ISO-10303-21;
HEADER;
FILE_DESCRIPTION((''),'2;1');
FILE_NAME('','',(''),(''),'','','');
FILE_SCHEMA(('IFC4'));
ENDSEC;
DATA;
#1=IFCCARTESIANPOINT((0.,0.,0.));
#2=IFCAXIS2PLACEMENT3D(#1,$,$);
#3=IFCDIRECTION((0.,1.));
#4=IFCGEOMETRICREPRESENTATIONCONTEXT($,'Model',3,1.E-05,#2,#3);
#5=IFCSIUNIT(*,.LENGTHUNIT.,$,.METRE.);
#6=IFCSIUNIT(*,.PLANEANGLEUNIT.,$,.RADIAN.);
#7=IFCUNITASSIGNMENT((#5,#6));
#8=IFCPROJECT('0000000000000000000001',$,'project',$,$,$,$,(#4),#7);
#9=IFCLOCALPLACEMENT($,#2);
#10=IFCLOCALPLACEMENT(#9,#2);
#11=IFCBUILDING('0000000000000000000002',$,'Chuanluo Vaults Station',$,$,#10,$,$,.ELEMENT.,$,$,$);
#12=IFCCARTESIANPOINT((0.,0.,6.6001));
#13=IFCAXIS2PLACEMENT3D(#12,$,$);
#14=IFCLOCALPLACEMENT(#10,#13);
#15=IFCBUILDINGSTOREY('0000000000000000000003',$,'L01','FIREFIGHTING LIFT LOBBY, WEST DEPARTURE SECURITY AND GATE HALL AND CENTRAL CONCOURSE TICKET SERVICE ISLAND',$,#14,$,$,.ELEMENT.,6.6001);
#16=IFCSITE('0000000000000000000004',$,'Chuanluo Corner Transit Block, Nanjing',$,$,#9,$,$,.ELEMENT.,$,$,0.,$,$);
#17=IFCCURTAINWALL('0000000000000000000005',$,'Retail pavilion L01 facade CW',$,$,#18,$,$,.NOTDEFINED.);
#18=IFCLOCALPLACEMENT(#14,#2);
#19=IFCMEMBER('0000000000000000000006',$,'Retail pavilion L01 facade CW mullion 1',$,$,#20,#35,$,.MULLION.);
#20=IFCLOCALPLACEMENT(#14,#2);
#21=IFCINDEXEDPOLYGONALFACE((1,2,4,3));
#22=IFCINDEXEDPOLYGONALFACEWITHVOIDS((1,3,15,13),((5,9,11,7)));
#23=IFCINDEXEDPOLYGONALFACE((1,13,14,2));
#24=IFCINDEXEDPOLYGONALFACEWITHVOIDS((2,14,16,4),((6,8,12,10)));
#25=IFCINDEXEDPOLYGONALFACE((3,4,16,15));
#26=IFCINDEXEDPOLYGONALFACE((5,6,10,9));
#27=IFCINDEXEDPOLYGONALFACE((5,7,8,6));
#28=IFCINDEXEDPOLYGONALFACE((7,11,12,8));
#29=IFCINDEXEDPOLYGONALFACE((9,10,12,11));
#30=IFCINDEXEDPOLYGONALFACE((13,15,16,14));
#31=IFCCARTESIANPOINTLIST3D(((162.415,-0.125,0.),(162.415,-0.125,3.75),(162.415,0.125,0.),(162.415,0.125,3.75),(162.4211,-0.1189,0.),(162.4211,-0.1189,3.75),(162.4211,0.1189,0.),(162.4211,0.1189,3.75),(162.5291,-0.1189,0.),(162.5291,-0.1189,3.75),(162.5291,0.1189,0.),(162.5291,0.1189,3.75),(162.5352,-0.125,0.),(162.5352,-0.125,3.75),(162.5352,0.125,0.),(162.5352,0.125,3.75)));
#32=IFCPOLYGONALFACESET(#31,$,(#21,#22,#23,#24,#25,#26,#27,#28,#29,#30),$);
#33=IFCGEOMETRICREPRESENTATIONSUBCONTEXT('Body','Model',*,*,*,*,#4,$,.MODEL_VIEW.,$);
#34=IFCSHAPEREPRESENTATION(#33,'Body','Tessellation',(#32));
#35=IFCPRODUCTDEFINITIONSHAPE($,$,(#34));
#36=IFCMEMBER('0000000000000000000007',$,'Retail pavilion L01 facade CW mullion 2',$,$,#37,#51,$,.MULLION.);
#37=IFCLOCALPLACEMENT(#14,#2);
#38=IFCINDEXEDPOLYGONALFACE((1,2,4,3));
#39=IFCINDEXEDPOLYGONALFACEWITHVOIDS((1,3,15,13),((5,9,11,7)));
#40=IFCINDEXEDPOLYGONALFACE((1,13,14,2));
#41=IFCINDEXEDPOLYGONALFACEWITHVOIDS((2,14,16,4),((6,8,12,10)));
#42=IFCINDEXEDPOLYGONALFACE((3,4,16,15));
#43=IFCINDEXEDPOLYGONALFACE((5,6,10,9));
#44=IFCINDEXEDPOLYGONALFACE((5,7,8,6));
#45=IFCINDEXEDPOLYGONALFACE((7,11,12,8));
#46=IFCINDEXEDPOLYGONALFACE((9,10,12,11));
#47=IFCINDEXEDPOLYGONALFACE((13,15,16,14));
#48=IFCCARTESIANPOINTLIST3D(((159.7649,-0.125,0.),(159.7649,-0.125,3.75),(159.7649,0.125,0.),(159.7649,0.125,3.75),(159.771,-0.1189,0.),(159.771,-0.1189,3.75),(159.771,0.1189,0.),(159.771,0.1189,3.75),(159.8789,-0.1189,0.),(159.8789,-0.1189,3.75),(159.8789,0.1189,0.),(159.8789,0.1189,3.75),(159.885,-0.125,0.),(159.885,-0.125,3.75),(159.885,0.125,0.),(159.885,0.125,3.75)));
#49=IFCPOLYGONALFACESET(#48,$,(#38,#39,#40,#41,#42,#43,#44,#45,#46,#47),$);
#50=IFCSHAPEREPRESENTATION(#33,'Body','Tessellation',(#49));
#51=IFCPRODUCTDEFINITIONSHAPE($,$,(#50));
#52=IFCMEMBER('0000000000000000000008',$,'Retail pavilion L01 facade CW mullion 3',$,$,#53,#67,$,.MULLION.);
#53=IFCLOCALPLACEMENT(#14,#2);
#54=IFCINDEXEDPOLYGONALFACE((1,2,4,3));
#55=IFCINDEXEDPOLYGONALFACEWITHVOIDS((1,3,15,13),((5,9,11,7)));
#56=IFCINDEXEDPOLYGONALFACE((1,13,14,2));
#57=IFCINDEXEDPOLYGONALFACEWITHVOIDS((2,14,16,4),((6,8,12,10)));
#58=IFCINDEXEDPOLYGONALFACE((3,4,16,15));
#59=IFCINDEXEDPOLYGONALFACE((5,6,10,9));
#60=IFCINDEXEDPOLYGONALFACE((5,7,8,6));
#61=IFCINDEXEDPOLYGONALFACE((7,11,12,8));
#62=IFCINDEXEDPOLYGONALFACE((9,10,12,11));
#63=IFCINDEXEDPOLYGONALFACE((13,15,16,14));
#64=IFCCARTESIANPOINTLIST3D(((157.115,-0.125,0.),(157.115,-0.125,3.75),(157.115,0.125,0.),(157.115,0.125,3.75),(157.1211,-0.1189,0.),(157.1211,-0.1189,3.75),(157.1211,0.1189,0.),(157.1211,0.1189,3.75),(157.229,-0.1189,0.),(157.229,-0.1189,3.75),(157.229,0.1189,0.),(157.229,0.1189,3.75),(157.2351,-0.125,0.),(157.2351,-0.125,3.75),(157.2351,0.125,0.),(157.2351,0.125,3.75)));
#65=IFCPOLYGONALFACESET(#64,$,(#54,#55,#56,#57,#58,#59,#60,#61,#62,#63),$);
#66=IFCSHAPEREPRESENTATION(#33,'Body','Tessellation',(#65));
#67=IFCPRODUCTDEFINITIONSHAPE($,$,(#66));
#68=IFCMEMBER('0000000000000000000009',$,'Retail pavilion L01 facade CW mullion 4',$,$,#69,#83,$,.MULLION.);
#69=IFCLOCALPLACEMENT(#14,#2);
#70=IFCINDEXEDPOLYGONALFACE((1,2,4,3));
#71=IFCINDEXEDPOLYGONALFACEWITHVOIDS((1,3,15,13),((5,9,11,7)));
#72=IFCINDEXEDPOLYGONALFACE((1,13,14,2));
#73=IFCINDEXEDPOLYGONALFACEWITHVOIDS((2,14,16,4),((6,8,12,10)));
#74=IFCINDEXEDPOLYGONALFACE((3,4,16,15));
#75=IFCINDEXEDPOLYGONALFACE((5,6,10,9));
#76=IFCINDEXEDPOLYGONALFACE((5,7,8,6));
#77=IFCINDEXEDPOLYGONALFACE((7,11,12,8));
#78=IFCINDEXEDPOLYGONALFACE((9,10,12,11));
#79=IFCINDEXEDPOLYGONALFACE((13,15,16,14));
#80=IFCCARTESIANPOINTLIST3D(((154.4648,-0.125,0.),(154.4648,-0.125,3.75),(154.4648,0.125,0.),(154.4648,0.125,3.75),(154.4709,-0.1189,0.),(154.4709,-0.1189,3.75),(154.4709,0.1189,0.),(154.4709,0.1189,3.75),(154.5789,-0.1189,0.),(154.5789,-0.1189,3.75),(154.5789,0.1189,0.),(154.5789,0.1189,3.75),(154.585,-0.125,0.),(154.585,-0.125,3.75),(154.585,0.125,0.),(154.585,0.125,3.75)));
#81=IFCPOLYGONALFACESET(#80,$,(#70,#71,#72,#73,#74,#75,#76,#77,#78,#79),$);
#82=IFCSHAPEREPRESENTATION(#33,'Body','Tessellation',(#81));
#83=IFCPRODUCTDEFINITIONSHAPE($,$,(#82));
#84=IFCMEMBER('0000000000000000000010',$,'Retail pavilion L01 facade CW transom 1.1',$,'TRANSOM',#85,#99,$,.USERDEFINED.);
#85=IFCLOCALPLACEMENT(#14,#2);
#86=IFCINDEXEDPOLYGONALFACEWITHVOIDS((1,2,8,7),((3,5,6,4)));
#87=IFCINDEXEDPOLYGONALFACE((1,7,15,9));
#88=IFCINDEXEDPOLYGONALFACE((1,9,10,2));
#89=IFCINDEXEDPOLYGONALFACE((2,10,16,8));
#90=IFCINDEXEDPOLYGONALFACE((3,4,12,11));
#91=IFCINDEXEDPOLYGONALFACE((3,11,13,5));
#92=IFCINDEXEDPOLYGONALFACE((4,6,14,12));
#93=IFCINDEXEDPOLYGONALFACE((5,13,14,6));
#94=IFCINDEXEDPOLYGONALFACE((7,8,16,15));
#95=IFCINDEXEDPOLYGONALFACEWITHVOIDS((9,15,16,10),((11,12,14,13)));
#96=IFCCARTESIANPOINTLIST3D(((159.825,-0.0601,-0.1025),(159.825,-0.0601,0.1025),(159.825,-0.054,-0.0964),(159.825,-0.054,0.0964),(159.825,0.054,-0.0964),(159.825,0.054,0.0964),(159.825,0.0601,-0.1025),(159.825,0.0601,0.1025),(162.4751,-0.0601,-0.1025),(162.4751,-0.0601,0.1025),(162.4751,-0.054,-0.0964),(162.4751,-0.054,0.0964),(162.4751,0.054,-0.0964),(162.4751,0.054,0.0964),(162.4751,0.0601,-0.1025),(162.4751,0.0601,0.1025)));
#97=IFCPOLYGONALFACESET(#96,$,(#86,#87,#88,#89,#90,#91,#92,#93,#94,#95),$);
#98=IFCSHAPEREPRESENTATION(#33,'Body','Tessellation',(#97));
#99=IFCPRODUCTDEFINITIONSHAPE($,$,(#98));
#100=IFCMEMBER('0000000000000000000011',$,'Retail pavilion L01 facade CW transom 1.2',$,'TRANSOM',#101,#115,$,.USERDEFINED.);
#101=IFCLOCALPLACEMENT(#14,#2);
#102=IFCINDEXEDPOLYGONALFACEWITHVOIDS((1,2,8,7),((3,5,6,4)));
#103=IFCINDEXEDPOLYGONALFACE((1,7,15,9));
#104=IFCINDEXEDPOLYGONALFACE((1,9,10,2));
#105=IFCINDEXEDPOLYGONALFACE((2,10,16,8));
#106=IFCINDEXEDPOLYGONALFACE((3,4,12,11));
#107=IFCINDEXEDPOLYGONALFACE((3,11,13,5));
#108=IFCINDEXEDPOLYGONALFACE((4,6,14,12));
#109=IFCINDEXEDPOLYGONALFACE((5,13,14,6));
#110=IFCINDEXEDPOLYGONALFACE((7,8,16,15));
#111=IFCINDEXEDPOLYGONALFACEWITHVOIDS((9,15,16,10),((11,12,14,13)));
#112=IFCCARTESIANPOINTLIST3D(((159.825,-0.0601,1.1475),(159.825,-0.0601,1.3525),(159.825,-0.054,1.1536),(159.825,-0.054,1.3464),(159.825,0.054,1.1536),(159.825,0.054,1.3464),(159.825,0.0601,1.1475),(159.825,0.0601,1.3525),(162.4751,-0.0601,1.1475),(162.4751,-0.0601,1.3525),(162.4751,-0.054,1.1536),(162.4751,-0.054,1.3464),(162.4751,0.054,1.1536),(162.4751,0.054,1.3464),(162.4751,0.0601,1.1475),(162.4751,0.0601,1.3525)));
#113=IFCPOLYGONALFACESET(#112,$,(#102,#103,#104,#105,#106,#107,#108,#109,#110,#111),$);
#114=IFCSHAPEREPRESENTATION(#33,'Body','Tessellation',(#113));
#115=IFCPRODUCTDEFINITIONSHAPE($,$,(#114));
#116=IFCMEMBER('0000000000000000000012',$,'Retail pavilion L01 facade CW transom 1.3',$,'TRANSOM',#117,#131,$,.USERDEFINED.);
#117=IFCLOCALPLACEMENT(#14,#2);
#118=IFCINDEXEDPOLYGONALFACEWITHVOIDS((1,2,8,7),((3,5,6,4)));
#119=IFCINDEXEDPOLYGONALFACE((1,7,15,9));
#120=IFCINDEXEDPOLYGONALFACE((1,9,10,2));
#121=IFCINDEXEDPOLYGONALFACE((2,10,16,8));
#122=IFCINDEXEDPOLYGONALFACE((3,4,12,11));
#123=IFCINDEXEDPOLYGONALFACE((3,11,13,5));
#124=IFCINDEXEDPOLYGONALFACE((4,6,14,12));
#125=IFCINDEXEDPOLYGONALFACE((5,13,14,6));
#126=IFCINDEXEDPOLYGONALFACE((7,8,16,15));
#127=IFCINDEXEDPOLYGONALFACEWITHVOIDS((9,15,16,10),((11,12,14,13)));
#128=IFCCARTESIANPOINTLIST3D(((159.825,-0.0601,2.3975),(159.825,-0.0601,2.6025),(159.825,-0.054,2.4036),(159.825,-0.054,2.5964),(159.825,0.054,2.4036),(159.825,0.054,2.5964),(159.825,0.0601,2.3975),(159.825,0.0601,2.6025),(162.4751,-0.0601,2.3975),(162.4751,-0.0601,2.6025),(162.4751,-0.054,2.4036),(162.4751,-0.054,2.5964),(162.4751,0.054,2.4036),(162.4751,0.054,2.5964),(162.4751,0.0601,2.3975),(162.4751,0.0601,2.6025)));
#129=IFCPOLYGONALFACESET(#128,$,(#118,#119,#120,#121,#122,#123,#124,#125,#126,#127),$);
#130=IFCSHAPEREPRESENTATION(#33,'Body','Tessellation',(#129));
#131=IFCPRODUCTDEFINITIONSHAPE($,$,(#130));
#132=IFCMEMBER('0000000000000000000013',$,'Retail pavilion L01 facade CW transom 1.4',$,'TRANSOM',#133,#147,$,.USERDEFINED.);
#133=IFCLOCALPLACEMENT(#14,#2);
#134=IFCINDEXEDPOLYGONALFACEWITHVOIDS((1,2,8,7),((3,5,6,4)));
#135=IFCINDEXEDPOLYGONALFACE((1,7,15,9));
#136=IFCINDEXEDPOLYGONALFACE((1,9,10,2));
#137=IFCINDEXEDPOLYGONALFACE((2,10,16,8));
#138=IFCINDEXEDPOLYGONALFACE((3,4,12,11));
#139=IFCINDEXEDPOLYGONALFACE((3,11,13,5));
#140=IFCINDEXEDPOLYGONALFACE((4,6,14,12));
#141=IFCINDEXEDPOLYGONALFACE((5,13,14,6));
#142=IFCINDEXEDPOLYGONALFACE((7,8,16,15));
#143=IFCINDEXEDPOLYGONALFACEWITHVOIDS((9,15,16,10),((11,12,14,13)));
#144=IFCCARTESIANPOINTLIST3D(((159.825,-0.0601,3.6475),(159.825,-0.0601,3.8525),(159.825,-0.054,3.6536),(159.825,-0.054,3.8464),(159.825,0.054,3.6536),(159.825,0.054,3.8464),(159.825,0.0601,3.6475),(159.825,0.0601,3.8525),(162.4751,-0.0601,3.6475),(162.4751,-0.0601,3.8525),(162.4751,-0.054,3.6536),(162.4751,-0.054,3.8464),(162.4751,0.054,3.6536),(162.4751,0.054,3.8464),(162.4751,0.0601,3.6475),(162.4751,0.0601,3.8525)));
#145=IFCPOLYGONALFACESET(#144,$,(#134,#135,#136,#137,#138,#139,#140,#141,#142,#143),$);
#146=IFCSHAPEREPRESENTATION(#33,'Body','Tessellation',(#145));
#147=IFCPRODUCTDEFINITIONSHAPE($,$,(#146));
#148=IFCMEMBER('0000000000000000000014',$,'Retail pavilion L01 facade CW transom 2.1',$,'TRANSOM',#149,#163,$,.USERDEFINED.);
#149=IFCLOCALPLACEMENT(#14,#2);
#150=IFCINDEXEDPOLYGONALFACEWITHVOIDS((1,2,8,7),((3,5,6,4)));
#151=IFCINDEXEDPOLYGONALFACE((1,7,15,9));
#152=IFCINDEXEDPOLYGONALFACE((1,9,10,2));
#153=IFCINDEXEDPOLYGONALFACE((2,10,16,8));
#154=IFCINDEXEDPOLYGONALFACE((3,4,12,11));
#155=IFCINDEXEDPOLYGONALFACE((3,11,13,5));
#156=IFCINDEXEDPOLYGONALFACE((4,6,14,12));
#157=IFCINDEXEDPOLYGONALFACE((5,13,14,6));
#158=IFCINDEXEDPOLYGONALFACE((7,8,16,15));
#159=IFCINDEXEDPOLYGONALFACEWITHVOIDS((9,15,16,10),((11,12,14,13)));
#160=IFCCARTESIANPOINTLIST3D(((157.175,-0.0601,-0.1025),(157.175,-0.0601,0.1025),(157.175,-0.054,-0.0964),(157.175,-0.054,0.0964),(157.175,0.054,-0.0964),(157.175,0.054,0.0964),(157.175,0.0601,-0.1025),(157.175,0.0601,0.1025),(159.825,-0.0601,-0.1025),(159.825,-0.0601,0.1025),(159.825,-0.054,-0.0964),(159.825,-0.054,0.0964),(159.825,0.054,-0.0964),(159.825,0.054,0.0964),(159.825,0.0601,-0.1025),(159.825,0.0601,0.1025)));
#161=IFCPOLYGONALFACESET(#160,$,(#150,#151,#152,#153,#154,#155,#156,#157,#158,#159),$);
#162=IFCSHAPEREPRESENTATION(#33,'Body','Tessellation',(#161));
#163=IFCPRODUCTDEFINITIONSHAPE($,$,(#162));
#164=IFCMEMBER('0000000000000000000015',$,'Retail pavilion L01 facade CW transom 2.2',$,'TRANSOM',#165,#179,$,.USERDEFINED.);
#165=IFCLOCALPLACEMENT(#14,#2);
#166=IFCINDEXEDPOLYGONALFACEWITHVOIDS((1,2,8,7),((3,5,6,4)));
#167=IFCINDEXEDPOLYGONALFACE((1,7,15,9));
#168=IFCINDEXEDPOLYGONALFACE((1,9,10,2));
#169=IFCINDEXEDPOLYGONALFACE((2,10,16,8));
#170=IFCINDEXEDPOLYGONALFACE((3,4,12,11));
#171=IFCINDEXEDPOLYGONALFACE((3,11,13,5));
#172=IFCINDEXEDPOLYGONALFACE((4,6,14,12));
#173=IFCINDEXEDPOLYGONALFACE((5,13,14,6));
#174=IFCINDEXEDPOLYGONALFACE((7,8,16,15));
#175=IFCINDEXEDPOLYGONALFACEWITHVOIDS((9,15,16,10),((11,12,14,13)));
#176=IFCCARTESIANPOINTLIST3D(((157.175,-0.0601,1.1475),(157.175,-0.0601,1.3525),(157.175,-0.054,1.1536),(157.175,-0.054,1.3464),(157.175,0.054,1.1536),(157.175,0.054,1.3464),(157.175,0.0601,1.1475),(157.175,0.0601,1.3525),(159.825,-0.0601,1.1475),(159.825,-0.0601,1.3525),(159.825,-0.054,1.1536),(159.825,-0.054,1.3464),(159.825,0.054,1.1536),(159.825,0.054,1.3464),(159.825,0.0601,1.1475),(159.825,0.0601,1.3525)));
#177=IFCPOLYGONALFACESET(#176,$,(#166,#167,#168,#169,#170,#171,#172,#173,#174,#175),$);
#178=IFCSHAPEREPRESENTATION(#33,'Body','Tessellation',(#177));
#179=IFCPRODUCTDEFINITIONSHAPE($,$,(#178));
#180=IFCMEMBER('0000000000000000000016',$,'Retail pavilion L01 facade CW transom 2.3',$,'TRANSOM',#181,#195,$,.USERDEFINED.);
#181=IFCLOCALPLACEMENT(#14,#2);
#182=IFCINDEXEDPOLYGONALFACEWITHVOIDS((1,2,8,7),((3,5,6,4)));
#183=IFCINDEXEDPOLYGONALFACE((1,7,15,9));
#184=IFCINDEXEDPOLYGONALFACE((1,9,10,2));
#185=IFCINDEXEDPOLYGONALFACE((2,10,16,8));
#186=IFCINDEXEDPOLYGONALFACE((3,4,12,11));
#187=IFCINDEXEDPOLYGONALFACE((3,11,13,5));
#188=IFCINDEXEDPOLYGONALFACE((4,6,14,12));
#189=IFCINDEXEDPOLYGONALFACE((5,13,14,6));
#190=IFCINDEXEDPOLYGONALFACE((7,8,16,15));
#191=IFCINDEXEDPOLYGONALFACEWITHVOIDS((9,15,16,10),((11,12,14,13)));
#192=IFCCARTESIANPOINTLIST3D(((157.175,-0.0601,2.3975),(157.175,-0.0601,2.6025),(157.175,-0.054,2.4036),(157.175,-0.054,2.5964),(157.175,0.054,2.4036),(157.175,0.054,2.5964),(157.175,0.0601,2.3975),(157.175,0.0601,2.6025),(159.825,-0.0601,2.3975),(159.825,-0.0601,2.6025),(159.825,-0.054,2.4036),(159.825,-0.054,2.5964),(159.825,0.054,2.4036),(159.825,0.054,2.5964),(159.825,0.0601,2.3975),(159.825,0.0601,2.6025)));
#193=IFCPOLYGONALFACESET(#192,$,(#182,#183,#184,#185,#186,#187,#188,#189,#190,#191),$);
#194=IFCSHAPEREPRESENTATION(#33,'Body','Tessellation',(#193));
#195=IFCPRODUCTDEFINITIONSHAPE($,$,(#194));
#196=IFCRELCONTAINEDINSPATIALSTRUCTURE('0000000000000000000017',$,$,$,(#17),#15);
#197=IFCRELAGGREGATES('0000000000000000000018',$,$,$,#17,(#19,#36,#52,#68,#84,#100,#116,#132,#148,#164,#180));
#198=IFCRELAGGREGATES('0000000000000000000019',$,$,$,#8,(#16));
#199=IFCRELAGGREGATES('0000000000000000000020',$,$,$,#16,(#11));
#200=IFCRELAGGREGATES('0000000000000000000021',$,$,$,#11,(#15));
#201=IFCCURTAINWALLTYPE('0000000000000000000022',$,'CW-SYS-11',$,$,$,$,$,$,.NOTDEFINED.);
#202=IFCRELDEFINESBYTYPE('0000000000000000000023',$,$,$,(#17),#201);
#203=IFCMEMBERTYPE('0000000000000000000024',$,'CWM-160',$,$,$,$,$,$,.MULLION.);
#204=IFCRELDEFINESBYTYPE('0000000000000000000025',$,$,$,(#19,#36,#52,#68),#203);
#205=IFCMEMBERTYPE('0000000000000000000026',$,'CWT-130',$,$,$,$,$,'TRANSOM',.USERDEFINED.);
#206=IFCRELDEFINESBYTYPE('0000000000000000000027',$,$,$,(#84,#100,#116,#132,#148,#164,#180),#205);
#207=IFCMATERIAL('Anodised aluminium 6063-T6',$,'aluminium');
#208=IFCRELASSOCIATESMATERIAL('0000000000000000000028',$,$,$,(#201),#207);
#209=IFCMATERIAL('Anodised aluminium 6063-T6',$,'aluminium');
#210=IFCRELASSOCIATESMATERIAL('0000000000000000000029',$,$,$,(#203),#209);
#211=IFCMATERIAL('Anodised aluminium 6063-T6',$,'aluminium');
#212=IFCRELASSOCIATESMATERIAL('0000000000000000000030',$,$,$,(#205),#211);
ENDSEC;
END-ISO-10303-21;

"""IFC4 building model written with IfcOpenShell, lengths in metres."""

from ifc_helpers import new_model, si_unit, direction, frame, origin, origin_2d, place, context, subcontext, project, spatial, hollow_rectangle, extrude, material, material_profile, profile_set, type_object, element, aggregate, save


model = new_model("IFC4")

# Units and contexts
model_context = context("Model", 3, precision=1e-05, world=origin(), true_north=direction((0.0, 1.0)))
body_context = subcontext(model_context, "Body", "Model", "MODEL_VIEW")
ifc_project = project(units=[si_unit("LENGTHUNIT", "METRE"), si_unit("PLANEANGLEUNIT", "RADIAN")], contexts=[model_context])

# Site, building, storey
site_placement = place(None, origin())
site = spatial("IfcSite", under=ifc_project, at=site_placement, Name="Chuanluo Corner Transit Block, Nanjing", CompositionType="ELEMENT", RefElevation=0.0)
building_placement = place(site_placement, origin())
building = spatial("IfcBuilding", under=site, at=building_placement, Name="Chuanluo Vaults Station", CompositionType="ELEMENT")
storey_placement = place(building_placement, frame((0.0, 0.0, 6.6001)))
storey = spatial("IfcBuildingStorey", under=building, at=storey_placement, Name="L01", Description="FIREFIGHTING LIFT LOBBY, WEST DEPARTURE SECURITY AND GATE HALL AND CENTRAL CONCOURSE TICKET SERVICE ISLAND", CompositionType="ELEMENT", Elevation=6.6001)

# Curtain wall, members
ifc_material_1 = material(Name="Anodised aluminium 6063-T6", Category="aluminium")
curtain_wall_type = type_object("IfcCurtainWallType", Name="CW-SYS-11", PredefinedType="NOTDEFINED", material=ifc_material_1)
curtain_wall_placement = place(storey_placement, origin())
curtain_wall = element("IfcCurtainWall", 1, at=curtain_wall_placement, inside=storey, type_object=curtain_wall_type, Name="Retail pavilion L01 facade CW", PredefinedType="NOTDEFINED")
ifc_material_2 = material(Name="Anodised aluminium 6063-T6", Category="aluminium")
ifc_material_profile_1 = material_profile(ifc_material_2, hollow_rectangle(XDim=0.1201, YDim=0.25, WallThickness=0.0061, at=origin_2d()))
ifc_profile_set_1 = profile_set([ifc_material_profile_1], Name="Anodised aluminium 6063-T6")
member_type_1 = type_object("IfcMemberType", Name="CWM-160", PredefinedType="MULLION", material=ifc_profile_set_1)
member_1_placement = place(storey_placement, frame((162.4751, 0.0, 0.0), z_axis=(0.0, 0.0, 1.0), x_axis=(-1.0, 0.0, 0.0)))
member_1 = element("IfcMember", 2, at=member_1_placement, type_object=member_type_1, Name="Retail pavilion L01 facade CW mullion 1", PredefinedType="MULLION", context=body_context, shape_type="SweptSolid", body=[
    extrude(hollow_rectangle(XDim=0.1201, YDim=0.25, WallThickness=0.0061, at=origin_2d()), origin(), (0.0, 0.0, 1.0), 3.75),
])
member_2_placement = place(storey_placement, frame((159.825, 0.0, 0.0), z_axis=(0.0, 0.0, 1.0), x_axis=(-1.0, 0.0, 0.0)))
member_2 = element("IfcMember", 3, at=member_2_placement, type_object=member_type_1, Name="Retail pavilion L01 facade CW mullion 2", PredefinedType="MULLION", context=body_context, shape_type="SweptSolid", body=[
    extrude(hollow_rectangle(XDim=0.1201, YDim=0.25, WallThickness=0.0061, at=origin_2d()), origin(), (0.0, 0.0, 1.0), 3.75),
])
member_3_placement = place(storey_placement, frame((157.175, 0.0, 0.0), z_axis=(0.0, 0.0, 1.0), x_axis=(-1.0, 0.0, 0.0)))
member_3 = element("IfcMember", 4, at=member_3_placement, type_object=member_type_1, Name="Retail pavilion L01 facade CW mullion 3", PredefinedType="MULLION", context=body_context, shape_type="SweptSolid", body=[
    extrude(hollow_rectangle(XDim=0.1201, YDim=0.25, WallThickness=0.0061, at=origin_2d()), origin(), (0.0, 0.0, 1.0), 3.75),
])
member_4_placement = place(storey_placement, frame((154.5249, 0.0, 0.0), z_axis=(0.0, 0.0, 1.0), x_axis=(-1.0, 0.0, 0.0)))
member_4 = element("IfcMember", 5, at=member_4_placement, type_object=member_type_1, Name="Retail pavilion L01 facade CW mullion 4", PredefinedType="MULLION", context=body_context, shape_type="SweptSolid", body=[
    extrude(hollow_rectangle(XDim=0.1201, YDim=0.25, WallThickness=0.0061, at=origin_2d()), origin(), (0.0, 0.0, 1.0), 3.75),
])
ifc_material_3 = material(Name="Anodised aluminium 6063-T6", Category="aluminium")
ifc_material_profile_2 = material_profile(ifc_material_3, hollow_rectangle(XDim=0.1201, YDim=0.2051, WallThickness=0.0061, at=origin_2d()))
ifc_profile_set_2 = profile_set([ifc_material_profile_2], Name="Anodised aluminium 6063-T6")
member_type_2 = type_object("IfcMemberType", Name="CWT-130", ElementType="TRANSOM", PredefinedType="USERDEFINED", material=ifc_profile_set_2)
member_5_placement = place(storey_placement, frame((162.4751, 0.0, 0.0), z_axis=(-1.0, 0.0, 0.0), x_axis=(0.0, -1.0, 0.0)))
member_5 = element("IfcMember", 6, at=member_5_placement, type_object=member_type_2, Name="Retail pavilion L01 facade CW transom 1.1", ObjectType="TRANSOM", PredefinedType="USERDEFINED", context=body_context, shape_type="SweptSolid", body=[
    extrude(hollow_rectangle(XDim=0.1201, YDim=0.2051, WallThickness=0.0061, at=origin_2d()), origin(), (0.0, 0.0, 1.0), 2.6501),
])
member_6_placement = place(storey_placement, frame((162.4751, 0.0, 1.25), z_axis=(-1.0, 0.0, 0.0), x_axis=(0.0, -1.0, 0.0)))
member_6 = element("IfcMember", 7, at=member_6_placement, type_object=member_type_2, Name="Retail pavilion L01 facade CW transom 1.2", ObjectType="TRANSOM", PredefinedType="USERDEFINED", context=body_context, shape_type="SweptSolid", body=[
    extrude(hollow_rectangle(XDim=0.1201, YDim=0.2051, WallThickness=0.0061, at=origin_2d()), origin(), (0.0, 0.0, 1.0), 2.6501),
])
member_7_placement = place(storey_placement, frame((162.4751, 0.0, 2.5), z_axis=(-1.0, 0.0, 0.0), x_axis=(0.0, -1.0, 0.0)))
member_7 = element("IfcMember", 8, at=member_7_placement, type_object=member_type_2, Name="Retail pavilion L01 facade CW transom 1.3", ObjectType="TRANSOM", PredefinedType="USERDEFINED", context=body_context, shape_type="SweptSolid", body=[
    extrude(hollow_rectangle(XDim=0.1201, YDim=0.2051, WallThickness=0.0061, at=origin_2d()), origin(), (0.0, 0.0, 1.0), 2.6501),
])
member_8_placement = place(storey_placement, frame((162.4751, 0.0, 3.75), z_axis=(-1.0, 0.0, 0.0), x_axis=(0.0, -1.0, 0.0)))
member_8 = element("IfcMember", 9, at=member_8_placement, type_object=member_type_2, Name="Retail pavilion L01 facade CW transom 1.4", ObjectType="TRANSOM", PredefinedType="USERDEFINED", context=body_context, shape_type="SweptSolid", body=[
    extrude(hollow_rectangle(XDim=0.1201, YDim=0.2051, WallThickness=0.0061, at=origin_2d()), origin(), (0.0, 0.0, 1.0), 2.6501),
])
member_9_placement = place(storey_placement, frame((159.825, 0.0, 0.0), z_axis=(-1.0, 0.0, 0.0), x_axis=(0.0, -1.0, 0.0)))
member_9 = element("IfcMember", 10, at=member_9_placement, type_object=member_type_2, Name="Retail pavilion L01 facade CW transom 2.1", ObjectType="TRANSOM", PredefinedType="USERDEFINED", context=body_context, shape_type="SweptSolid", body=[
    extrude(hollow_rectangle(XDim=0.1201, YDim=0.2051, WallThickness=0.0061, at=origin_2d()), origin(), (0.0, 0.0, 1.0), 2.6499),
])
member_10_placement = place(storey_placement, frame((159.825, 0.0, 1.25), z_axis=(-1.0, 0.0, 0.0), x_axis=(0.0, -1.0, 0.0)))
member_10 = element("IfcMember", 11, at=member_10_placement, type_object=member_type_2, Name="Retail pavilion L01 facade CW transom 2.2", ObjectType="TRANSOM", PredefinedType="USERDEFINED", context=body_context, shape_type="SweptSolid", body=[
    extrude(hollow_rectangle(XDim=0.1201, YDim=0.2051, WallThickness=0.0061, at=origin_2d()), origin(), (0.0, 0.0, 1.0), 2.6499),
])
member_11_placement = place(storey_placement, frame((159.825, 0.0, 2.5), z_axis=(-1.0, 0.0, 0.0), x_axis=(0.0, -1.0, 0.0)))
member_11 = element("IfcMember", 12, at=member_11_placement, type_object=member_type_2, Name="Retail pavilion L01 facade CW transom 2.3", ObjectType="TRANSOM", PredefinedType="USERDEFINED", context=body_context, shape_type="SweptSolid", body=[
    extrude(hollow_rectangle(XDim=0.1201, YDim=0.2051, WallThickness=0.0061, at=origin_2d()), origin(), (0.0, 0.0, 1.0), 2.6499),
])
aggregate(curtain_wall, [member_1, member_2, member_3, member_4, member_5, member_6, member_7, member_8, member_9, member_10, member_11])

save(model, "model.ifc")
